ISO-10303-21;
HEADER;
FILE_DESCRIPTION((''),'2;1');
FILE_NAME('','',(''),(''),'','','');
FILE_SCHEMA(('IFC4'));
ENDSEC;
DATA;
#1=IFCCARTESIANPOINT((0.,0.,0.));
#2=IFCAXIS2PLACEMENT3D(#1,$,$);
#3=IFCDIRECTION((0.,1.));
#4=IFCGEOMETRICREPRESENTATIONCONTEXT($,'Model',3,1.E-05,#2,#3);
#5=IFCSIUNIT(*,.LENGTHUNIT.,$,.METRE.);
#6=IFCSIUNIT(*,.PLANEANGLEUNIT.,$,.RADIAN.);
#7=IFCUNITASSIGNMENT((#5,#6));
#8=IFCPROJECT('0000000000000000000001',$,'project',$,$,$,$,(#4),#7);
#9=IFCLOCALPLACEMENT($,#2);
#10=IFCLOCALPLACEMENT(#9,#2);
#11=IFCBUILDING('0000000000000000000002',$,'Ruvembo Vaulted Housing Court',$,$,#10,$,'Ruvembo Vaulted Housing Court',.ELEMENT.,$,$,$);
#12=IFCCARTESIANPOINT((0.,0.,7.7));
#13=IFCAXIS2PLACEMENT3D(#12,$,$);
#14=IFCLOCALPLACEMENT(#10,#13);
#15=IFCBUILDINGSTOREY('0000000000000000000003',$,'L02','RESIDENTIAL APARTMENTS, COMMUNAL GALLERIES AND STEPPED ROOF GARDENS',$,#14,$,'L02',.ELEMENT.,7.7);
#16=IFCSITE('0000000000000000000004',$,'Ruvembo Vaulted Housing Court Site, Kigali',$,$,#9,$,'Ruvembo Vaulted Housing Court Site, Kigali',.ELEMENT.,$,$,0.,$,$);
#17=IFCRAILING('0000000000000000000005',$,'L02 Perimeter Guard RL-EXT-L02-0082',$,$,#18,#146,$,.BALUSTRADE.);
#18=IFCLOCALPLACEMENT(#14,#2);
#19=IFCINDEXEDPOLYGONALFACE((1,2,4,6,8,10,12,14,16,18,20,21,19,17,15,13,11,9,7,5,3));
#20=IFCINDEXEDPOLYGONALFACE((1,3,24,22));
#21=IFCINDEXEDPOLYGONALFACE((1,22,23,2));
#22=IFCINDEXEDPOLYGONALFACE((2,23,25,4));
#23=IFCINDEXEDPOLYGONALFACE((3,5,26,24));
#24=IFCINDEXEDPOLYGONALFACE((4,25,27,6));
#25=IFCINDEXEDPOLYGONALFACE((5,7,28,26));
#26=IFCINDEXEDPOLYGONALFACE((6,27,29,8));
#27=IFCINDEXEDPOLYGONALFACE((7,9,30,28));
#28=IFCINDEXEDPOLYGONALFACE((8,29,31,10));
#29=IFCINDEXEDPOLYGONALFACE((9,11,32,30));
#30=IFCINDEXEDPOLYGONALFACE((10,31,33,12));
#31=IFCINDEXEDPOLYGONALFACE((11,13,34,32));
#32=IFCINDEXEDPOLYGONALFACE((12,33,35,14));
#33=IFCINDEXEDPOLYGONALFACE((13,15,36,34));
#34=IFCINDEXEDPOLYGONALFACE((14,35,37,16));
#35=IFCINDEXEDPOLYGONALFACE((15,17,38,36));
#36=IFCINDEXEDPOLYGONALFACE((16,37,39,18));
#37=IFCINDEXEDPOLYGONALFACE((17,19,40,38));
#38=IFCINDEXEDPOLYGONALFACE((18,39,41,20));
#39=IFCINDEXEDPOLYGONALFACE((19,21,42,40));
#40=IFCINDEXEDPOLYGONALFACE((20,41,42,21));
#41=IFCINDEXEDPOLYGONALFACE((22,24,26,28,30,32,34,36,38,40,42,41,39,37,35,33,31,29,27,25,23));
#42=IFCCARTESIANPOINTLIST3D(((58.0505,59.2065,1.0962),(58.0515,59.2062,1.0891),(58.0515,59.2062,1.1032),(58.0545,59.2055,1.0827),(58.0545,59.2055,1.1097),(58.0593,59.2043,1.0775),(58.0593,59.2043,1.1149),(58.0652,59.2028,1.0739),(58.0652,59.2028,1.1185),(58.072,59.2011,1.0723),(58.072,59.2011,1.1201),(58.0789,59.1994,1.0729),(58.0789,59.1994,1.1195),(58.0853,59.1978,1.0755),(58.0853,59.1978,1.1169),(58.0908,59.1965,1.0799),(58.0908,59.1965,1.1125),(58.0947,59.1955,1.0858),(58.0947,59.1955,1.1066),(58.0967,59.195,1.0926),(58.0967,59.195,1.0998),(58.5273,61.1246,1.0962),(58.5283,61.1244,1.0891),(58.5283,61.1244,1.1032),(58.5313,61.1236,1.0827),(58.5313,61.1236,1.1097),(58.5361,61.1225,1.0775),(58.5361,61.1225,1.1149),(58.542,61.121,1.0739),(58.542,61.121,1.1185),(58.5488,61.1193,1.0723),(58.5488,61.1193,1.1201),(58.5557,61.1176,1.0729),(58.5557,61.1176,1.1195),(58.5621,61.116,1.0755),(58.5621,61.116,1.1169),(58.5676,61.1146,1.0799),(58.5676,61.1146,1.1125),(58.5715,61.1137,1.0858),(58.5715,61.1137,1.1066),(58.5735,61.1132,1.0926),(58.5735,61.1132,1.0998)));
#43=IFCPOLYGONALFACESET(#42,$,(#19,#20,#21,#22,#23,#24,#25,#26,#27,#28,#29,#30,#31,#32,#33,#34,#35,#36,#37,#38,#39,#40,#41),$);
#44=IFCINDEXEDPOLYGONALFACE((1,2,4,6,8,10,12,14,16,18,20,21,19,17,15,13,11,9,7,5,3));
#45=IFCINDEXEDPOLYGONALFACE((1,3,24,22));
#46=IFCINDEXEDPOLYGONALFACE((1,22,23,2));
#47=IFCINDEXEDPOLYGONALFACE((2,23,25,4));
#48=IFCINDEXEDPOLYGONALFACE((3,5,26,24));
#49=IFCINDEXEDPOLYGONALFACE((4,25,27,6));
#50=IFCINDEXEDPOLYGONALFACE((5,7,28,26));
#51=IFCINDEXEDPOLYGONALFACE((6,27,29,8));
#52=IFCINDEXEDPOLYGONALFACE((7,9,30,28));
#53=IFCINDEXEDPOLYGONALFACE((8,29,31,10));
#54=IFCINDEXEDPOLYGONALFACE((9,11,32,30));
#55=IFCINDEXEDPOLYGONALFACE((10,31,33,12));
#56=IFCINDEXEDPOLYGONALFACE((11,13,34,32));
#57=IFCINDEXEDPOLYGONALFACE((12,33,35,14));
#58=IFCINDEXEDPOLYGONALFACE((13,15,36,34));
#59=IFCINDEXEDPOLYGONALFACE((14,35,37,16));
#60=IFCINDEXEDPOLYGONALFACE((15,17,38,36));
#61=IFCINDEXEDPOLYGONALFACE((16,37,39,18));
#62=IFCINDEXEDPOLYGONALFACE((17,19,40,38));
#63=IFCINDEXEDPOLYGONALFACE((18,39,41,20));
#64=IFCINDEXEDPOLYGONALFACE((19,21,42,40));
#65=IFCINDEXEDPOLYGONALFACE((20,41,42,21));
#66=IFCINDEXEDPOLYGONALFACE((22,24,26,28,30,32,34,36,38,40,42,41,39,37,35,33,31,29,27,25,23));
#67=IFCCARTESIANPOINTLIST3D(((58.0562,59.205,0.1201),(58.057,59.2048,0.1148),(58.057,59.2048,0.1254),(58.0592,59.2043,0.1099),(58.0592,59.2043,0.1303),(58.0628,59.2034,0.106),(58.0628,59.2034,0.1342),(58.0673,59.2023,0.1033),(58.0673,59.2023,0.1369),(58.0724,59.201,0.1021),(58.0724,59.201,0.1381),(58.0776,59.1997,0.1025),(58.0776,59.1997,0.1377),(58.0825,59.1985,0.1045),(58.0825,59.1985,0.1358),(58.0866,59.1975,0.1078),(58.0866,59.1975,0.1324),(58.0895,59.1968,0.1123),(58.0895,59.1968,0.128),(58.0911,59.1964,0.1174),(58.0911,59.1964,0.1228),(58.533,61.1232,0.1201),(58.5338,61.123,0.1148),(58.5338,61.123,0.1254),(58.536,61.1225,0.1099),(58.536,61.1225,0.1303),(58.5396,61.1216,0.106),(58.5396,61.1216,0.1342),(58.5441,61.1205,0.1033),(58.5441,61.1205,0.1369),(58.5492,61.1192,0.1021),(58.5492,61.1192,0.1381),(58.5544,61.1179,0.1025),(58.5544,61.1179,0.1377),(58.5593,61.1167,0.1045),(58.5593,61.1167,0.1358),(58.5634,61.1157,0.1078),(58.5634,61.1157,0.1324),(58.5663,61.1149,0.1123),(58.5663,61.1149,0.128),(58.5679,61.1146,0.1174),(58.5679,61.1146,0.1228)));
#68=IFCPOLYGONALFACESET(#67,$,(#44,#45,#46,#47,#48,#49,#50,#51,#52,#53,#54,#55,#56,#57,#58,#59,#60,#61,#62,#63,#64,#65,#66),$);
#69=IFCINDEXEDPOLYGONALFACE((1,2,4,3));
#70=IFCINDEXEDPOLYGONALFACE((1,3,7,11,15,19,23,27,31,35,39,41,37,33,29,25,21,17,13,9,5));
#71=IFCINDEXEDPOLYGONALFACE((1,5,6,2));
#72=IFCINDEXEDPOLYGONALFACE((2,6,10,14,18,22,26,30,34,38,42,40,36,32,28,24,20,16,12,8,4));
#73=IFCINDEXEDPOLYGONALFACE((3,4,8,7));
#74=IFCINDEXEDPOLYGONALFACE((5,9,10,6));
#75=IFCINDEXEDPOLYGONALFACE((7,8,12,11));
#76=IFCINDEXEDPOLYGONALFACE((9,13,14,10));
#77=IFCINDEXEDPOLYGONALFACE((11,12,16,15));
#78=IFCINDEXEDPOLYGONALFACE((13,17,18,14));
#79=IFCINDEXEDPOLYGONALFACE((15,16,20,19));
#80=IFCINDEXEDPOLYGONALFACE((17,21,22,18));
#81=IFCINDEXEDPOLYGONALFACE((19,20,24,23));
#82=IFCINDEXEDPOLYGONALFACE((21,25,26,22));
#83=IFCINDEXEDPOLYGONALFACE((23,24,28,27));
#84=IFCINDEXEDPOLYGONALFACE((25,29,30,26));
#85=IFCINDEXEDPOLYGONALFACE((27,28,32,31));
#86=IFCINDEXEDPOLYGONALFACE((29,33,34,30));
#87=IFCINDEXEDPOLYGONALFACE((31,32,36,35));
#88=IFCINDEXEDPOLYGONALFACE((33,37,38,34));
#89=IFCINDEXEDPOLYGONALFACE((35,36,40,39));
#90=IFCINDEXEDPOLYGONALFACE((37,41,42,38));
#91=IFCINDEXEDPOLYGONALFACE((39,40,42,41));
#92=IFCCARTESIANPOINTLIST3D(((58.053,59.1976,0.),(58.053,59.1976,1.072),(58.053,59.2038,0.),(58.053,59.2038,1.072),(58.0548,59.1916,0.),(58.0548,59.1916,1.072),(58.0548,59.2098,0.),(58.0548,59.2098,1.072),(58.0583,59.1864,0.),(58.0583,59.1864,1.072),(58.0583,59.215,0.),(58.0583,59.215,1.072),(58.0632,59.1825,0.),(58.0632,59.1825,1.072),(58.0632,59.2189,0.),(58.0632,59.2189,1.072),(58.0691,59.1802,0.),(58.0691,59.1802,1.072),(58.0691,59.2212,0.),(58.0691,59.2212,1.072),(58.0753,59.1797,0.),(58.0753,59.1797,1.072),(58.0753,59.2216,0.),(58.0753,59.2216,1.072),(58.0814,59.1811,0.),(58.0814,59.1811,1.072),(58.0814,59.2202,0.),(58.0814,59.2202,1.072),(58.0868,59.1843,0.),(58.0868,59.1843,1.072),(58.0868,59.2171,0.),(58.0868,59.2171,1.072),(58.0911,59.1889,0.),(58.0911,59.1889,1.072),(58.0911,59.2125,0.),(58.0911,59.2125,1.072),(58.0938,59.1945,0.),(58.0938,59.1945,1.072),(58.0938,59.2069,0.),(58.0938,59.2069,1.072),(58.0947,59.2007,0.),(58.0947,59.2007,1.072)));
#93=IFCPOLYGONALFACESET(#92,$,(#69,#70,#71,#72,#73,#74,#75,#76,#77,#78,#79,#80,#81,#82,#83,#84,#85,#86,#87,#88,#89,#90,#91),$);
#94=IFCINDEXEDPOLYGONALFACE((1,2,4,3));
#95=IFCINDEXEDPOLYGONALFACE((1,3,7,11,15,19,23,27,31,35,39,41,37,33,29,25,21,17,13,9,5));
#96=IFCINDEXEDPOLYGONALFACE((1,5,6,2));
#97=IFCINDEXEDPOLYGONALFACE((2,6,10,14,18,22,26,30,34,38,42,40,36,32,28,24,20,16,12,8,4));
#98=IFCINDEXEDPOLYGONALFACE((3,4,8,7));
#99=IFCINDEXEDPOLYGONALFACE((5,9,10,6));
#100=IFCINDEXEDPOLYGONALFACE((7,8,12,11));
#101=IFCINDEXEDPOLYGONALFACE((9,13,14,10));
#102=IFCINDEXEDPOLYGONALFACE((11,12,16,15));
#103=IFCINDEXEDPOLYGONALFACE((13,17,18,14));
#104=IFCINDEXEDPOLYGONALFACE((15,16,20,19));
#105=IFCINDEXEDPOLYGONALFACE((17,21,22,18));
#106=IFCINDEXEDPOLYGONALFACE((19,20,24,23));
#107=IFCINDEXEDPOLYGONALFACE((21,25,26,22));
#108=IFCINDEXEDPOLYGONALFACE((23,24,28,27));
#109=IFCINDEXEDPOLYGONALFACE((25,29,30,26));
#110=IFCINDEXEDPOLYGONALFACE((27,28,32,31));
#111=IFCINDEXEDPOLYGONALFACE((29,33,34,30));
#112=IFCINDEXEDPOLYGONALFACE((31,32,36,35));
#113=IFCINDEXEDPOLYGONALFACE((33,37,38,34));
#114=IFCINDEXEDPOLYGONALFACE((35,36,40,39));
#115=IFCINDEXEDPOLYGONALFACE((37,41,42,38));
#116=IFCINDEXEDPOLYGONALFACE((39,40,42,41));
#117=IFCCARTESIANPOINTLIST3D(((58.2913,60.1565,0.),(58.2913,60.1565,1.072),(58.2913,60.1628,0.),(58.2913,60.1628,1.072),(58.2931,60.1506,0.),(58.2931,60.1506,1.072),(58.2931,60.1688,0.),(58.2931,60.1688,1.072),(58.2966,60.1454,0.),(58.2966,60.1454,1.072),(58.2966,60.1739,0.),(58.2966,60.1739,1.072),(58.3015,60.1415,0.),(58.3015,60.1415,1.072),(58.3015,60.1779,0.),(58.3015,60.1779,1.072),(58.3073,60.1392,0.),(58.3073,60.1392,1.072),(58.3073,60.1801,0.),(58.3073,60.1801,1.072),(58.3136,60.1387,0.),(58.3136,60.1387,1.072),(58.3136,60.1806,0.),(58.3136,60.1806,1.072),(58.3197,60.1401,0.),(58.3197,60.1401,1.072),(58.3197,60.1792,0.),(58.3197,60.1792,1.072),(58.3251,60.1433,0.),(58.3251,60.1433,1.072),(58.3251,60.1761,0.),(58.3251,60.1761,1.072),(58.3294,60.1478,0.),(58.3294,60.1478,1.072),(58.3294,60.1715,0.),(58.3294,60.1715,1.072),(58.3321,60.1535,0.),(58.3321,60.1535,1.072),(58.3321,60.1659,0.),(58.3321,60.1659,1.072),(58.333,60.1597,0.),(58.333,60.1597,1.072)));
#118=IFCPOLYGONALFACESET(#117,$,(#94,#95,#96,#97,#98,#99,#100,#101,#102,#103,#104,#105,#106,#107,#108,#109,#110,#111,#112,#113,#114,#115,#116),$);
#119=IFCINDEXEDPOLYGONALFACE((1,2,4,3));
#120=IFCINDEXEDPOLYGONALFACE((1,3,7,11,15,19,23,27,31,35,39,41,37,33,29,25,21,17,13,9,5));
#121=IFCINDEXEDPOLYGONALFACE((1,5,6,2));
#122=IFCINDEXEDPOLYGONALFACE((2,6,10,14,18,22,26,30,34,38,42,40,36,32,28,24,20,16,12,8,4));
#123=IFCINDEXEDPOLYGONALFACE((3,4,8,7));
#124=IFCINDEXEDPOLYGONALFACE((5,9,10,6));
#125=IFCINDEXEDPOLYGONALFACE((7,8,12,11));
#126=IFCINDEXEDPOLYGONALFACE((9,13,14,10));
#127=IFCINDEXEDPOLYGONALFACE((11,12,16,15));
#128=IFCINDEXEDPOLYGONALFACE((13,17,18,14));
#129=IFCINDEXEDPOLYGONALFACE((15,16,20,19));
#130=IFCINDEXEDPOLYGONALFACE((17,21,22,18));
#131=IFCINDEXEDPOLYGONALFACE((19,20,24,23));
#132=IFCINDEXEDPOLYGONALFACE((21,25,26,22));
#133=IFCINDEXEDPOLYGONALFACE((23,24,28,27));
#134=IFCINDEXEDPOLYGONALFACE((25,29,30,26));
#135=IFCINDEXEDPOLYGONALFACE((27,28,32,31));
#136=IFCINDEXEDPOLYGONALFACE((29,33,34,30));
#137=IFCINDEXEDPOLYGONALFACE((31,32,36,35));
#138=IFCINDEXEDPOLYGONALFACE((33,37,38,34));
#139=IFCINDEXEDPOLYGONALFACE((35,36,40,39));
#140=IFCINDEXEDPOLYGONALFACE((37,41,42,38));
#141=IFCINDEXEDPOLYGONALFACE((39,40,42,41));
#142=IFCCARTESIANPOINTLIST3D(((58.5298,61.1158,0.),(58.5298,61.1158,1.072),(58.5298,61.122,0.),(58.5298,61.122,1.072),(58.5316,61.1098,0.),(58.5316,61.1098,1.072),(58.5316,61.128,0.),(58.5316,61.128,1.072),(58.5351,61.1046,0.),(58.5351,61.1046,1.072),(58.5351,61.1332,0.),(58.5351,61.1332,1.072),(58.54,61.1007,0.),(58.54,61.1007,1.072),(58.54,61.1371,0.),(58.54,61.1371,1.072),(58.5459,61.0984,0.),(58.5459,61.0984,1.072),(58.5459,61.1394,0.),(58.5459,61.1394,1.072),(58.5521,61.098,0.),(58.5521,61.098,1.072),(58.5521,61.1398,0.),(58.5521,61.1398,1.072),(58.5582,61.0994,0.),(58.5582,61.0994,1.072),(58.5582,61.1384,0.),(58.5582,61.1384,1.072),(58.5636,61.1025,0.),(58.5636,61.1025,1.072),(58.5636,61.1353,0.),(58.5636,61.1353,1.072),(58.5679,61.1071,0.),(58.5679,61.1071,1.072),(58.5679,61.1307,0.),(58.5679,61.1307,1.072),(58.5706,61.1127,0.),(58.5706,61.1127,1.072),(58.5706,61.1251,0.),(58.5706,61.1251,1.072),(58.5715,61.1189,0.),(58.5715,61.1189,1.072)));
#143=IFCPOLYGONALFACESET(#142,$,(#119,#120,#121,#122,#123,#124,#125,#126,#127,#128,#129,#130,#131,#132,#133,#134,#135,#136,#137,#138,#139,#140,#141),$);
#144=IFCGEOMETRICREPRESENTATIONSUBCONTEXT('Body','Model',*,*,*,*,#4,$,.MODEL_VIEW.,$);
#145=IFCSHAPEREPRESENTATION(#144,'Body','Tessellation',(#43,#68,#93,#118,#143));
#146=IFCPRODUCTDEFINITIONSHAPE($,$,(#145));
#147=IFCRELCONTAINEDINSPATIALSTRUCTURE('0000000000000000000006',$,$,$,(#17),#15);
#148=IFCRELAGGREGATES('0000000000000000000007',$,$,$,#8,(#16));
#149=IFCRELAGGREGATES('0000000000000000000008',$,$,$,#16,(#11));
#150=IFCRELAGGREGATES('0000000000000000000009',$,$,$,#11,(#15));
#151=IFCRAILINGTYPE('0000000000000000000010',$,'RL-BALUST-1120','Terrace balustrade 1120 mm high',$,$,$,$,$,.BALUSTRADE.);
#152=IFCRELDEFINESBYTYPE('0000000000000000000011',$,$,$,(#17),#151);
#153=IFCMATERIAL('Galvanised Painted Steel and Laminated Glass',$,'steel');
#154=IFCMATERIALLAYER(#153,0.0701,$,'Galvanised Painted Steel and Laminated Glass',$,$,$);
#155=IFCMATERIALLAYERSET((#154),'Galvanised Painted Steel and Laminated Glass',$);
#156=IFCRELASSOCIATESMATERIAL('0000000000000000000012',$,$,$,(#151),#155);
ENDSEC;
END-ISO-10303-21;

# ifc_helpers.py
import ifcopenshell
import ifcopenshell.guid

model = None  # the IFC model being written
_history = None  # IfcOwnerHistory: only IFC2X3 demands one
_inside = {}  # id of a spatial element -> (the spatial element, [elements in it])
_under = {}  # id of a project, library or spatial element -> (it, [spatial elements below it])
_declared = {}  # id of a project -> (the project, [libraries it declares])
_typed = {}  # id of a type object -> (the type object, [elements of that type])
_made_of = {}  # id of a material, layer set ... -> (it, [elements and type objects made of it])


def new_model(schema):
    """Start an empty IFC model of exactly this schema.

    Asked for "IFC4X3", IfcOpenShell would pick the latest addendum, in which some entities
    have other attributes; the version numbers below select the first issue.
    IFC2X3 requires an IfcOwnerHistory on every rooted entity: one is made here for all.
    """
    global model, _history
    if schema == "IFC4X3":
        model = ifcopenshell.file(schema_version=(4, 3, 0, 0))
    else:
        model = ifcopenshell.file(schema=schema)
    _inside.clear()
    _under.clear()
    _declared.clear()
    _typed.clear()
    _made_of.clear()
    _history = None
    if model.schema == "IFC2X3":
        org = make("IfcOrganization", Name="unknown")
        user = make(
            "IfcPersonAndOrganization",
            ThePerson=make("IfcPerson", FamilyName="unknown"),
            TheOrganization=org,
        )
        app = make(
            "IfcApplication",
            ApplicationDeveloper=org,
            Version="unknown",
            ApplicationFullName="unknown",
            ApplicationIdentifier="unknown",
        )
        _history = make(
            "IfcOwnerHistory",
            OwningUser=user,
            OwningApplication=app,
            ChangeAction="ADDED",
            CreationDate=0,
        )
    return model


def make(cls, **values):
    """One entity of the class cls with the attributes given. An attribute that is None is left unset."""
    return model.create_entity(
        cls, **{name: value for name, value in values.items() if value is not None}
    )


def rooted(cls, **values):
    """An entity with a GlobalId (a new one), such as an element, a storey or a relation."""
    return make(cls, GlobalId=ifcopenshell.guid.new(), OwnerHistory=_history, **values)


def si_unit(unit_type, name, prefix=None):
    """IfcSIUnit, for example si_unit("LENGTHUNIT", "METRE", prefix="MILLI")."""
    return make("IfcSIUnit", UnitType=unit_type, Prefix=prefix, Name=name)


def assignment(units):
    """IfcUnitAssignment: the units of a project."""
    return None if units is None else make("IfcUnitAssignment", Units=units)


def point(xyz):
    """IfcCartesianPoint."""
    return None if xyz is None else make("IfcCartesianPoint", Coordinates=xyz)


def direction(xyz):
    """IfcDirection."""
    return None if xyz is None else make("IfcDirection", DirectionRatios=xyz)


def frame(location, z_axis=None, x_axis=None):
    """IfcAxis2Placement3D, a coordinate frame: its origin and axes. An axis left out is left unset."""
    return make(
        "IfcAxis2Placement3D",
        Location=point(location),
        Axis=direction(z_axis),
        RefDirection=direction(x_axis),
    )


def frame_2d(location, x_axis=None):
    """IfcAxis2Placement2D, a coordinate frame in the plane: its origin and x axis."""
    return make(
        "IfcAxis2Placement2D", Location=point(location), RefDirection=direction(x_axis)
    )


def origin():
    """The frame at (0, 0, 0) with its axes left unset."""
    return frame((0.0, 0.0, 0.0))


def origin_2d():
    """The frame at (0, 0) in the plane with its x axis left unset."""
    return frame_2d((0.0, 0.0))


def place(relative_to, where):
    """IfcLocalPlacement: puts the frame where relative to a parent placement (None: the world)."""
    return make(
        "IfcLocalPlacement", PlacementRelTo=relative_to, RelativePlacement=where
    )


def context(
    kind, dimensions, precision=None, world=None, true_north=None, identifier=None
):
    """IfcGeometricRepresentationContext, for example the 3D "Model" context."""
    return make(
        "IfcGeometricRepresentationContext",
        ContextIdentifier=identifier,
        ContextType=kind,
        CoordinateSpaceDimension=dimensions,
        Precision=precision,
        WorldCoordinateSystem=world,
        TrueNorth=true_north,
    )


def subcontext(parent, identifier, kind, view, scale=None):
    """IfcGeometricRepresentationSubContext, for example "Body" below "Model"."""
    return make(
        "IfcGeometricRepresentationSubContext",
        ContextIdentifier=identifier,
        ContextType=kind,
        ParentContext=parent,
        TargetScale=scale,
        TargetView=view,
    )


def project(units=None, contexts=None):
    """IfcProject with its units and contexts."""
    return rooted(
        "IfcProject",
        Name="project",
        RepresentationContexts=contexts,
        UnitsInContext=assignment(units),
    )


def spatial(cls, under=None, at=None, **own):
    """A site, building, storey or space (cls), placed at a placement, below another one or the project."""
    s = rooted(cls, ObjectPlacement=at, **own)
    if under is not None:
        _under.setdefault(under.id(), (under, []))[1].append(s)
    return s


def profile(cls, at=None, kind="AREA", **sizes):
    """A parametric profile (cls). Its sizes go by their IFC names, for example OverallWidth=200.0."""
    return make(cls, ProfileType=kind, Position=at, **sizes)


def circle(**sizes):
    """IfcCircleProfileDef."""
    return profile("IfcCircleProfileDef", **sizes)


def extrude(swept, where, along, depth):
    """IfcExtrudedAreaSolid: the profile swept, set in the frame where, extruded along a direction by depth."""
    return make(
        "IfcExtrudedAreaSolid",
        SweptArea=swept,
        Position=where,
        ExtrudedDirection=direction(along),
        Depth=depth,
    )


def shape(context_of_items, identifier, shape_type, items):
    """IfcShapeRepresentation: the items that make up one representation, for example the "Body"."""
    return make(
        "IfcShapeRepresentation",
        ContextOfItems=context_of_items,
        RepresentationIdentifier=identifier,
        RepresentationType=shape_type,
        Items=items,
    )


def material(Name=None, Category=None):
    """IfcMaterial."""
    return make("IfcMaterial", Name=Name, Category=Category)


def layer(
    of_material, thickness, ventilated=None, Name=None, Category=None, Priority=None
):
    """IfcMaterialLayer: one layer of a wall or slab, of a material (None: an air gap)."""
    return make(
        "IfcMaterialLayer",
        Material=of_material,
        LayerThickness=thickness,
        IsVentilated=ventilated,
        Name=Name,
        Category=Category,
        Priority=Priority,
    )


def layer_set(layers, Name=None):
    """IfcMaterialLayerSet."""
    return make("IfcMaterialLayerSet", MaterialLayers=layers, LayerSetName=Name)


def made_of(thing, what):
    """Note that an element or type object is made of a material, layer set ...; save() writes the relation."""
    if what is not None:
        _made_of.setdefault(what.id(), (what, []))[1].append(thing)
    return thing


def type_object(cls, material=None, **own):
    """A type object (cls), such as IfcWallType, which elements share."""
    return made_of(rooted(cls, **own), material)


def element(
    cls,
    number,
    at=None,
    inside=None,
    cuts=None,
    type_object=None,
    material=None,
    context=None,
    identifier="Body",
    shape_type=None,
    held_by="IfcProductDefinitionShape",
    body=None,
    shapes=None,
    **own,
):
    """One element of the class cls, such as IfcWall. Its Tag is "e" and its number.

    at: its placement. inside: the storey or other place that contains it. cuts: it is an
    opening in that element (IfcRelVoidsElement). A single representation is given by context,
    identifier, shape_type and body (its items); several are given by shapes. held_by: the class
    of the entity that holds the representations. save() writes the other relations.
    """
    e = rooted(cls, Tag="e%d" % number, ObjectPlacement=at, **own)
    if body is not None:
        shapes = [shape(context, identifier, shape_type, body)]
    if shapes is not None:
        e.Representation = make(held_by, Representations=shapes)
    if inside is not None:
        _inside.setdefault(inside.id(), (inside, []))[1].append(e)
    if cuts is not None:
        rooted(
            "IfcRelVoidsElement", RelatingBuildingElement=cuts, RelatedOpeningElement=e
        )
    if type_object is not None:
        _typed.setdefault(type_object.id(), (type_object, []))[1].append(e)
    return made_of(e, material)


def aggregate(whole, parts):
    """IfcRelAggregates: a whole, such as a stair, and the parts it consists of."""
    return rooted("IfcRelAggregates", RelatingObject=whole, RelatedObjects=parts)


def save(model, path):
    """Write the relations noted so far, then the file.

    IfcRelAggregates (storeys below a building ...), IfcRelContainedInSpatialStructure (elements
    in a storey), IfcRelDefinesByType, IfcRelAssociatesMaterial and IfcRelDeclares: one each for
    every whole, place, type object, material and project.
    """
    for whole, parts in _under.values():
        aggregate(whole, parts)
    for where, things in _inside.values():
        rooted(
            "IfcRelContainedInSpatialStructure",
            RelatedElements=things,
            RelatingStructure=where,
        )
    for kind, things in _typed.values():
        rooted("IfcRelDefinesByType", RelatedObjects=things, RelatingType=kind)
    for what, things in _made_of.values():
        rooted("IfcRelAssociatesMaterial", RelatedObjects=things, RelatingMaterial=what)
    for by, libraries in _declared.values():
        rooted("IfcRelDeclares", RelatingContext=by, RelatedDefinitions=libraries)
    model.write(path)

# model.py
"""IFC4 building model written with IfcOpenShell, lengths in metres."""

from ifc_helpers import new_model, si_unit, direction, frame, origin, origin_2d, place, context, subcontext, project, spatial, circle, extrude, material, layer, layer_set, type_object, element, save


model = new_model("IFC4")

# Units and contexts
model_context = context("Model", 3, precision=1e-05, world=origin(), true_north=direction((0.0, 1.0)))
body_context = subcontext(model_context, "Body", "Model", "MODEL_VIEW")
ifc_project = project(units=[si_unit("LENGTHUNIT", "METRE"), si_unit("PLANEANGLEUNIT", "RADIAN")], contexts=[model_context])

# Site, building, storey
site_placement = place(None, origin())
site = spatial("IfcSite", under=ifc_project, at=site_placement, Name="Ruvembo Vaulted Housing Court Site, Kigali", LongName="Ruvembo Vaulted Housing Court Site, Kigali", CompositionType="ELEMENT", RefElevation=0.0)
building_placement = place(site_placement, origin())
building = spatial("IfcBuilding", under=site, at=building_placement, Name="Ruvembo Vaulted Housing Court", LongName="Ruvembo Vaulted Housing Court", CompositionType="ELEMENT")
storey_placement = place(building_placement, frame((0.0, 0.0, 7.7)))
storey = spatial("IfcBuildingStorey", under=building, at=storey_placement, Name="L02", Description="RESIDENTIAL APARTMENTS, COMMUNAL GALLERIES AND STEPPED ROOF GARDENS", LongName="L02", CompositionType="ELEMENT", Elevation=7.7)

# Railing
ifc_material_1 = material(Name="Galvanised Painted Steel and Laminated Glass", Category="steel")
ifc_layer_1 = layer(ifc_material_1, 0.0701, Name="Galvanised Painted Steel and Laminated Glass")
ifc_layer_set_1 = layer_set([ifc_layer_1], Name="Galvanised Painted Steel and Laminated Glass")
railing_type = type_object("IfcRailingType", Name="RL-BALUST-1120", Description="Terrace balustrade 1120 mm high", PredefinedType="BALUSTRADE", material=ifc_layer_set_1)
railing_1_placement = place(storey_placement, frame((58.0737, 59.2007, 0.0)))
element("IfcRailing", 1, at=railing_1_placement, inside=storey, type_object=railing_type, Name="L02 Perimeter Guard RL-EXT-L02-0082", PredefinedType="BALUSTRADE", context=body_context, shape_type="SweptSolid", body=[
    extrude(circle(Radius=0.0239, at=origin_2d()), frame((0.0, 0.0, 1.0962), z_axis=(0.241228, 0.970469, 0.0), x_axis=(-0.970469, 0.241228, 0.0)), (0.0, 0.0, 1.0), 1.9766),
    extrude(circle(Radius=0.0181, at=origin_2d()), frame((0.0, 0.0, 0.1201), z_axis=(0.241228, 0.970469, 0.0), x_axis=(-0.970469, 0.241228, 0.0)), (0.0, 0.0, 1.0), 1.9766),
    extrude(circle(Radius=0.021, at=origin_2d()), origin(), (0.0, 0.0, 1.0), 1.072),
    extrude(circle(Radius=0.021, at=origin_2d()), frame((0.2383, 0.959, 0.0)), (0.0, 0.0, 1.0), 1.072),
    extrude(circle(Radius=0.021, at=origin_2d()), frame((0.4768, 1.9182, 0.0)), (0.0, 0.0, 1.0), 1.072),
])

save(model, "model.ifc")
